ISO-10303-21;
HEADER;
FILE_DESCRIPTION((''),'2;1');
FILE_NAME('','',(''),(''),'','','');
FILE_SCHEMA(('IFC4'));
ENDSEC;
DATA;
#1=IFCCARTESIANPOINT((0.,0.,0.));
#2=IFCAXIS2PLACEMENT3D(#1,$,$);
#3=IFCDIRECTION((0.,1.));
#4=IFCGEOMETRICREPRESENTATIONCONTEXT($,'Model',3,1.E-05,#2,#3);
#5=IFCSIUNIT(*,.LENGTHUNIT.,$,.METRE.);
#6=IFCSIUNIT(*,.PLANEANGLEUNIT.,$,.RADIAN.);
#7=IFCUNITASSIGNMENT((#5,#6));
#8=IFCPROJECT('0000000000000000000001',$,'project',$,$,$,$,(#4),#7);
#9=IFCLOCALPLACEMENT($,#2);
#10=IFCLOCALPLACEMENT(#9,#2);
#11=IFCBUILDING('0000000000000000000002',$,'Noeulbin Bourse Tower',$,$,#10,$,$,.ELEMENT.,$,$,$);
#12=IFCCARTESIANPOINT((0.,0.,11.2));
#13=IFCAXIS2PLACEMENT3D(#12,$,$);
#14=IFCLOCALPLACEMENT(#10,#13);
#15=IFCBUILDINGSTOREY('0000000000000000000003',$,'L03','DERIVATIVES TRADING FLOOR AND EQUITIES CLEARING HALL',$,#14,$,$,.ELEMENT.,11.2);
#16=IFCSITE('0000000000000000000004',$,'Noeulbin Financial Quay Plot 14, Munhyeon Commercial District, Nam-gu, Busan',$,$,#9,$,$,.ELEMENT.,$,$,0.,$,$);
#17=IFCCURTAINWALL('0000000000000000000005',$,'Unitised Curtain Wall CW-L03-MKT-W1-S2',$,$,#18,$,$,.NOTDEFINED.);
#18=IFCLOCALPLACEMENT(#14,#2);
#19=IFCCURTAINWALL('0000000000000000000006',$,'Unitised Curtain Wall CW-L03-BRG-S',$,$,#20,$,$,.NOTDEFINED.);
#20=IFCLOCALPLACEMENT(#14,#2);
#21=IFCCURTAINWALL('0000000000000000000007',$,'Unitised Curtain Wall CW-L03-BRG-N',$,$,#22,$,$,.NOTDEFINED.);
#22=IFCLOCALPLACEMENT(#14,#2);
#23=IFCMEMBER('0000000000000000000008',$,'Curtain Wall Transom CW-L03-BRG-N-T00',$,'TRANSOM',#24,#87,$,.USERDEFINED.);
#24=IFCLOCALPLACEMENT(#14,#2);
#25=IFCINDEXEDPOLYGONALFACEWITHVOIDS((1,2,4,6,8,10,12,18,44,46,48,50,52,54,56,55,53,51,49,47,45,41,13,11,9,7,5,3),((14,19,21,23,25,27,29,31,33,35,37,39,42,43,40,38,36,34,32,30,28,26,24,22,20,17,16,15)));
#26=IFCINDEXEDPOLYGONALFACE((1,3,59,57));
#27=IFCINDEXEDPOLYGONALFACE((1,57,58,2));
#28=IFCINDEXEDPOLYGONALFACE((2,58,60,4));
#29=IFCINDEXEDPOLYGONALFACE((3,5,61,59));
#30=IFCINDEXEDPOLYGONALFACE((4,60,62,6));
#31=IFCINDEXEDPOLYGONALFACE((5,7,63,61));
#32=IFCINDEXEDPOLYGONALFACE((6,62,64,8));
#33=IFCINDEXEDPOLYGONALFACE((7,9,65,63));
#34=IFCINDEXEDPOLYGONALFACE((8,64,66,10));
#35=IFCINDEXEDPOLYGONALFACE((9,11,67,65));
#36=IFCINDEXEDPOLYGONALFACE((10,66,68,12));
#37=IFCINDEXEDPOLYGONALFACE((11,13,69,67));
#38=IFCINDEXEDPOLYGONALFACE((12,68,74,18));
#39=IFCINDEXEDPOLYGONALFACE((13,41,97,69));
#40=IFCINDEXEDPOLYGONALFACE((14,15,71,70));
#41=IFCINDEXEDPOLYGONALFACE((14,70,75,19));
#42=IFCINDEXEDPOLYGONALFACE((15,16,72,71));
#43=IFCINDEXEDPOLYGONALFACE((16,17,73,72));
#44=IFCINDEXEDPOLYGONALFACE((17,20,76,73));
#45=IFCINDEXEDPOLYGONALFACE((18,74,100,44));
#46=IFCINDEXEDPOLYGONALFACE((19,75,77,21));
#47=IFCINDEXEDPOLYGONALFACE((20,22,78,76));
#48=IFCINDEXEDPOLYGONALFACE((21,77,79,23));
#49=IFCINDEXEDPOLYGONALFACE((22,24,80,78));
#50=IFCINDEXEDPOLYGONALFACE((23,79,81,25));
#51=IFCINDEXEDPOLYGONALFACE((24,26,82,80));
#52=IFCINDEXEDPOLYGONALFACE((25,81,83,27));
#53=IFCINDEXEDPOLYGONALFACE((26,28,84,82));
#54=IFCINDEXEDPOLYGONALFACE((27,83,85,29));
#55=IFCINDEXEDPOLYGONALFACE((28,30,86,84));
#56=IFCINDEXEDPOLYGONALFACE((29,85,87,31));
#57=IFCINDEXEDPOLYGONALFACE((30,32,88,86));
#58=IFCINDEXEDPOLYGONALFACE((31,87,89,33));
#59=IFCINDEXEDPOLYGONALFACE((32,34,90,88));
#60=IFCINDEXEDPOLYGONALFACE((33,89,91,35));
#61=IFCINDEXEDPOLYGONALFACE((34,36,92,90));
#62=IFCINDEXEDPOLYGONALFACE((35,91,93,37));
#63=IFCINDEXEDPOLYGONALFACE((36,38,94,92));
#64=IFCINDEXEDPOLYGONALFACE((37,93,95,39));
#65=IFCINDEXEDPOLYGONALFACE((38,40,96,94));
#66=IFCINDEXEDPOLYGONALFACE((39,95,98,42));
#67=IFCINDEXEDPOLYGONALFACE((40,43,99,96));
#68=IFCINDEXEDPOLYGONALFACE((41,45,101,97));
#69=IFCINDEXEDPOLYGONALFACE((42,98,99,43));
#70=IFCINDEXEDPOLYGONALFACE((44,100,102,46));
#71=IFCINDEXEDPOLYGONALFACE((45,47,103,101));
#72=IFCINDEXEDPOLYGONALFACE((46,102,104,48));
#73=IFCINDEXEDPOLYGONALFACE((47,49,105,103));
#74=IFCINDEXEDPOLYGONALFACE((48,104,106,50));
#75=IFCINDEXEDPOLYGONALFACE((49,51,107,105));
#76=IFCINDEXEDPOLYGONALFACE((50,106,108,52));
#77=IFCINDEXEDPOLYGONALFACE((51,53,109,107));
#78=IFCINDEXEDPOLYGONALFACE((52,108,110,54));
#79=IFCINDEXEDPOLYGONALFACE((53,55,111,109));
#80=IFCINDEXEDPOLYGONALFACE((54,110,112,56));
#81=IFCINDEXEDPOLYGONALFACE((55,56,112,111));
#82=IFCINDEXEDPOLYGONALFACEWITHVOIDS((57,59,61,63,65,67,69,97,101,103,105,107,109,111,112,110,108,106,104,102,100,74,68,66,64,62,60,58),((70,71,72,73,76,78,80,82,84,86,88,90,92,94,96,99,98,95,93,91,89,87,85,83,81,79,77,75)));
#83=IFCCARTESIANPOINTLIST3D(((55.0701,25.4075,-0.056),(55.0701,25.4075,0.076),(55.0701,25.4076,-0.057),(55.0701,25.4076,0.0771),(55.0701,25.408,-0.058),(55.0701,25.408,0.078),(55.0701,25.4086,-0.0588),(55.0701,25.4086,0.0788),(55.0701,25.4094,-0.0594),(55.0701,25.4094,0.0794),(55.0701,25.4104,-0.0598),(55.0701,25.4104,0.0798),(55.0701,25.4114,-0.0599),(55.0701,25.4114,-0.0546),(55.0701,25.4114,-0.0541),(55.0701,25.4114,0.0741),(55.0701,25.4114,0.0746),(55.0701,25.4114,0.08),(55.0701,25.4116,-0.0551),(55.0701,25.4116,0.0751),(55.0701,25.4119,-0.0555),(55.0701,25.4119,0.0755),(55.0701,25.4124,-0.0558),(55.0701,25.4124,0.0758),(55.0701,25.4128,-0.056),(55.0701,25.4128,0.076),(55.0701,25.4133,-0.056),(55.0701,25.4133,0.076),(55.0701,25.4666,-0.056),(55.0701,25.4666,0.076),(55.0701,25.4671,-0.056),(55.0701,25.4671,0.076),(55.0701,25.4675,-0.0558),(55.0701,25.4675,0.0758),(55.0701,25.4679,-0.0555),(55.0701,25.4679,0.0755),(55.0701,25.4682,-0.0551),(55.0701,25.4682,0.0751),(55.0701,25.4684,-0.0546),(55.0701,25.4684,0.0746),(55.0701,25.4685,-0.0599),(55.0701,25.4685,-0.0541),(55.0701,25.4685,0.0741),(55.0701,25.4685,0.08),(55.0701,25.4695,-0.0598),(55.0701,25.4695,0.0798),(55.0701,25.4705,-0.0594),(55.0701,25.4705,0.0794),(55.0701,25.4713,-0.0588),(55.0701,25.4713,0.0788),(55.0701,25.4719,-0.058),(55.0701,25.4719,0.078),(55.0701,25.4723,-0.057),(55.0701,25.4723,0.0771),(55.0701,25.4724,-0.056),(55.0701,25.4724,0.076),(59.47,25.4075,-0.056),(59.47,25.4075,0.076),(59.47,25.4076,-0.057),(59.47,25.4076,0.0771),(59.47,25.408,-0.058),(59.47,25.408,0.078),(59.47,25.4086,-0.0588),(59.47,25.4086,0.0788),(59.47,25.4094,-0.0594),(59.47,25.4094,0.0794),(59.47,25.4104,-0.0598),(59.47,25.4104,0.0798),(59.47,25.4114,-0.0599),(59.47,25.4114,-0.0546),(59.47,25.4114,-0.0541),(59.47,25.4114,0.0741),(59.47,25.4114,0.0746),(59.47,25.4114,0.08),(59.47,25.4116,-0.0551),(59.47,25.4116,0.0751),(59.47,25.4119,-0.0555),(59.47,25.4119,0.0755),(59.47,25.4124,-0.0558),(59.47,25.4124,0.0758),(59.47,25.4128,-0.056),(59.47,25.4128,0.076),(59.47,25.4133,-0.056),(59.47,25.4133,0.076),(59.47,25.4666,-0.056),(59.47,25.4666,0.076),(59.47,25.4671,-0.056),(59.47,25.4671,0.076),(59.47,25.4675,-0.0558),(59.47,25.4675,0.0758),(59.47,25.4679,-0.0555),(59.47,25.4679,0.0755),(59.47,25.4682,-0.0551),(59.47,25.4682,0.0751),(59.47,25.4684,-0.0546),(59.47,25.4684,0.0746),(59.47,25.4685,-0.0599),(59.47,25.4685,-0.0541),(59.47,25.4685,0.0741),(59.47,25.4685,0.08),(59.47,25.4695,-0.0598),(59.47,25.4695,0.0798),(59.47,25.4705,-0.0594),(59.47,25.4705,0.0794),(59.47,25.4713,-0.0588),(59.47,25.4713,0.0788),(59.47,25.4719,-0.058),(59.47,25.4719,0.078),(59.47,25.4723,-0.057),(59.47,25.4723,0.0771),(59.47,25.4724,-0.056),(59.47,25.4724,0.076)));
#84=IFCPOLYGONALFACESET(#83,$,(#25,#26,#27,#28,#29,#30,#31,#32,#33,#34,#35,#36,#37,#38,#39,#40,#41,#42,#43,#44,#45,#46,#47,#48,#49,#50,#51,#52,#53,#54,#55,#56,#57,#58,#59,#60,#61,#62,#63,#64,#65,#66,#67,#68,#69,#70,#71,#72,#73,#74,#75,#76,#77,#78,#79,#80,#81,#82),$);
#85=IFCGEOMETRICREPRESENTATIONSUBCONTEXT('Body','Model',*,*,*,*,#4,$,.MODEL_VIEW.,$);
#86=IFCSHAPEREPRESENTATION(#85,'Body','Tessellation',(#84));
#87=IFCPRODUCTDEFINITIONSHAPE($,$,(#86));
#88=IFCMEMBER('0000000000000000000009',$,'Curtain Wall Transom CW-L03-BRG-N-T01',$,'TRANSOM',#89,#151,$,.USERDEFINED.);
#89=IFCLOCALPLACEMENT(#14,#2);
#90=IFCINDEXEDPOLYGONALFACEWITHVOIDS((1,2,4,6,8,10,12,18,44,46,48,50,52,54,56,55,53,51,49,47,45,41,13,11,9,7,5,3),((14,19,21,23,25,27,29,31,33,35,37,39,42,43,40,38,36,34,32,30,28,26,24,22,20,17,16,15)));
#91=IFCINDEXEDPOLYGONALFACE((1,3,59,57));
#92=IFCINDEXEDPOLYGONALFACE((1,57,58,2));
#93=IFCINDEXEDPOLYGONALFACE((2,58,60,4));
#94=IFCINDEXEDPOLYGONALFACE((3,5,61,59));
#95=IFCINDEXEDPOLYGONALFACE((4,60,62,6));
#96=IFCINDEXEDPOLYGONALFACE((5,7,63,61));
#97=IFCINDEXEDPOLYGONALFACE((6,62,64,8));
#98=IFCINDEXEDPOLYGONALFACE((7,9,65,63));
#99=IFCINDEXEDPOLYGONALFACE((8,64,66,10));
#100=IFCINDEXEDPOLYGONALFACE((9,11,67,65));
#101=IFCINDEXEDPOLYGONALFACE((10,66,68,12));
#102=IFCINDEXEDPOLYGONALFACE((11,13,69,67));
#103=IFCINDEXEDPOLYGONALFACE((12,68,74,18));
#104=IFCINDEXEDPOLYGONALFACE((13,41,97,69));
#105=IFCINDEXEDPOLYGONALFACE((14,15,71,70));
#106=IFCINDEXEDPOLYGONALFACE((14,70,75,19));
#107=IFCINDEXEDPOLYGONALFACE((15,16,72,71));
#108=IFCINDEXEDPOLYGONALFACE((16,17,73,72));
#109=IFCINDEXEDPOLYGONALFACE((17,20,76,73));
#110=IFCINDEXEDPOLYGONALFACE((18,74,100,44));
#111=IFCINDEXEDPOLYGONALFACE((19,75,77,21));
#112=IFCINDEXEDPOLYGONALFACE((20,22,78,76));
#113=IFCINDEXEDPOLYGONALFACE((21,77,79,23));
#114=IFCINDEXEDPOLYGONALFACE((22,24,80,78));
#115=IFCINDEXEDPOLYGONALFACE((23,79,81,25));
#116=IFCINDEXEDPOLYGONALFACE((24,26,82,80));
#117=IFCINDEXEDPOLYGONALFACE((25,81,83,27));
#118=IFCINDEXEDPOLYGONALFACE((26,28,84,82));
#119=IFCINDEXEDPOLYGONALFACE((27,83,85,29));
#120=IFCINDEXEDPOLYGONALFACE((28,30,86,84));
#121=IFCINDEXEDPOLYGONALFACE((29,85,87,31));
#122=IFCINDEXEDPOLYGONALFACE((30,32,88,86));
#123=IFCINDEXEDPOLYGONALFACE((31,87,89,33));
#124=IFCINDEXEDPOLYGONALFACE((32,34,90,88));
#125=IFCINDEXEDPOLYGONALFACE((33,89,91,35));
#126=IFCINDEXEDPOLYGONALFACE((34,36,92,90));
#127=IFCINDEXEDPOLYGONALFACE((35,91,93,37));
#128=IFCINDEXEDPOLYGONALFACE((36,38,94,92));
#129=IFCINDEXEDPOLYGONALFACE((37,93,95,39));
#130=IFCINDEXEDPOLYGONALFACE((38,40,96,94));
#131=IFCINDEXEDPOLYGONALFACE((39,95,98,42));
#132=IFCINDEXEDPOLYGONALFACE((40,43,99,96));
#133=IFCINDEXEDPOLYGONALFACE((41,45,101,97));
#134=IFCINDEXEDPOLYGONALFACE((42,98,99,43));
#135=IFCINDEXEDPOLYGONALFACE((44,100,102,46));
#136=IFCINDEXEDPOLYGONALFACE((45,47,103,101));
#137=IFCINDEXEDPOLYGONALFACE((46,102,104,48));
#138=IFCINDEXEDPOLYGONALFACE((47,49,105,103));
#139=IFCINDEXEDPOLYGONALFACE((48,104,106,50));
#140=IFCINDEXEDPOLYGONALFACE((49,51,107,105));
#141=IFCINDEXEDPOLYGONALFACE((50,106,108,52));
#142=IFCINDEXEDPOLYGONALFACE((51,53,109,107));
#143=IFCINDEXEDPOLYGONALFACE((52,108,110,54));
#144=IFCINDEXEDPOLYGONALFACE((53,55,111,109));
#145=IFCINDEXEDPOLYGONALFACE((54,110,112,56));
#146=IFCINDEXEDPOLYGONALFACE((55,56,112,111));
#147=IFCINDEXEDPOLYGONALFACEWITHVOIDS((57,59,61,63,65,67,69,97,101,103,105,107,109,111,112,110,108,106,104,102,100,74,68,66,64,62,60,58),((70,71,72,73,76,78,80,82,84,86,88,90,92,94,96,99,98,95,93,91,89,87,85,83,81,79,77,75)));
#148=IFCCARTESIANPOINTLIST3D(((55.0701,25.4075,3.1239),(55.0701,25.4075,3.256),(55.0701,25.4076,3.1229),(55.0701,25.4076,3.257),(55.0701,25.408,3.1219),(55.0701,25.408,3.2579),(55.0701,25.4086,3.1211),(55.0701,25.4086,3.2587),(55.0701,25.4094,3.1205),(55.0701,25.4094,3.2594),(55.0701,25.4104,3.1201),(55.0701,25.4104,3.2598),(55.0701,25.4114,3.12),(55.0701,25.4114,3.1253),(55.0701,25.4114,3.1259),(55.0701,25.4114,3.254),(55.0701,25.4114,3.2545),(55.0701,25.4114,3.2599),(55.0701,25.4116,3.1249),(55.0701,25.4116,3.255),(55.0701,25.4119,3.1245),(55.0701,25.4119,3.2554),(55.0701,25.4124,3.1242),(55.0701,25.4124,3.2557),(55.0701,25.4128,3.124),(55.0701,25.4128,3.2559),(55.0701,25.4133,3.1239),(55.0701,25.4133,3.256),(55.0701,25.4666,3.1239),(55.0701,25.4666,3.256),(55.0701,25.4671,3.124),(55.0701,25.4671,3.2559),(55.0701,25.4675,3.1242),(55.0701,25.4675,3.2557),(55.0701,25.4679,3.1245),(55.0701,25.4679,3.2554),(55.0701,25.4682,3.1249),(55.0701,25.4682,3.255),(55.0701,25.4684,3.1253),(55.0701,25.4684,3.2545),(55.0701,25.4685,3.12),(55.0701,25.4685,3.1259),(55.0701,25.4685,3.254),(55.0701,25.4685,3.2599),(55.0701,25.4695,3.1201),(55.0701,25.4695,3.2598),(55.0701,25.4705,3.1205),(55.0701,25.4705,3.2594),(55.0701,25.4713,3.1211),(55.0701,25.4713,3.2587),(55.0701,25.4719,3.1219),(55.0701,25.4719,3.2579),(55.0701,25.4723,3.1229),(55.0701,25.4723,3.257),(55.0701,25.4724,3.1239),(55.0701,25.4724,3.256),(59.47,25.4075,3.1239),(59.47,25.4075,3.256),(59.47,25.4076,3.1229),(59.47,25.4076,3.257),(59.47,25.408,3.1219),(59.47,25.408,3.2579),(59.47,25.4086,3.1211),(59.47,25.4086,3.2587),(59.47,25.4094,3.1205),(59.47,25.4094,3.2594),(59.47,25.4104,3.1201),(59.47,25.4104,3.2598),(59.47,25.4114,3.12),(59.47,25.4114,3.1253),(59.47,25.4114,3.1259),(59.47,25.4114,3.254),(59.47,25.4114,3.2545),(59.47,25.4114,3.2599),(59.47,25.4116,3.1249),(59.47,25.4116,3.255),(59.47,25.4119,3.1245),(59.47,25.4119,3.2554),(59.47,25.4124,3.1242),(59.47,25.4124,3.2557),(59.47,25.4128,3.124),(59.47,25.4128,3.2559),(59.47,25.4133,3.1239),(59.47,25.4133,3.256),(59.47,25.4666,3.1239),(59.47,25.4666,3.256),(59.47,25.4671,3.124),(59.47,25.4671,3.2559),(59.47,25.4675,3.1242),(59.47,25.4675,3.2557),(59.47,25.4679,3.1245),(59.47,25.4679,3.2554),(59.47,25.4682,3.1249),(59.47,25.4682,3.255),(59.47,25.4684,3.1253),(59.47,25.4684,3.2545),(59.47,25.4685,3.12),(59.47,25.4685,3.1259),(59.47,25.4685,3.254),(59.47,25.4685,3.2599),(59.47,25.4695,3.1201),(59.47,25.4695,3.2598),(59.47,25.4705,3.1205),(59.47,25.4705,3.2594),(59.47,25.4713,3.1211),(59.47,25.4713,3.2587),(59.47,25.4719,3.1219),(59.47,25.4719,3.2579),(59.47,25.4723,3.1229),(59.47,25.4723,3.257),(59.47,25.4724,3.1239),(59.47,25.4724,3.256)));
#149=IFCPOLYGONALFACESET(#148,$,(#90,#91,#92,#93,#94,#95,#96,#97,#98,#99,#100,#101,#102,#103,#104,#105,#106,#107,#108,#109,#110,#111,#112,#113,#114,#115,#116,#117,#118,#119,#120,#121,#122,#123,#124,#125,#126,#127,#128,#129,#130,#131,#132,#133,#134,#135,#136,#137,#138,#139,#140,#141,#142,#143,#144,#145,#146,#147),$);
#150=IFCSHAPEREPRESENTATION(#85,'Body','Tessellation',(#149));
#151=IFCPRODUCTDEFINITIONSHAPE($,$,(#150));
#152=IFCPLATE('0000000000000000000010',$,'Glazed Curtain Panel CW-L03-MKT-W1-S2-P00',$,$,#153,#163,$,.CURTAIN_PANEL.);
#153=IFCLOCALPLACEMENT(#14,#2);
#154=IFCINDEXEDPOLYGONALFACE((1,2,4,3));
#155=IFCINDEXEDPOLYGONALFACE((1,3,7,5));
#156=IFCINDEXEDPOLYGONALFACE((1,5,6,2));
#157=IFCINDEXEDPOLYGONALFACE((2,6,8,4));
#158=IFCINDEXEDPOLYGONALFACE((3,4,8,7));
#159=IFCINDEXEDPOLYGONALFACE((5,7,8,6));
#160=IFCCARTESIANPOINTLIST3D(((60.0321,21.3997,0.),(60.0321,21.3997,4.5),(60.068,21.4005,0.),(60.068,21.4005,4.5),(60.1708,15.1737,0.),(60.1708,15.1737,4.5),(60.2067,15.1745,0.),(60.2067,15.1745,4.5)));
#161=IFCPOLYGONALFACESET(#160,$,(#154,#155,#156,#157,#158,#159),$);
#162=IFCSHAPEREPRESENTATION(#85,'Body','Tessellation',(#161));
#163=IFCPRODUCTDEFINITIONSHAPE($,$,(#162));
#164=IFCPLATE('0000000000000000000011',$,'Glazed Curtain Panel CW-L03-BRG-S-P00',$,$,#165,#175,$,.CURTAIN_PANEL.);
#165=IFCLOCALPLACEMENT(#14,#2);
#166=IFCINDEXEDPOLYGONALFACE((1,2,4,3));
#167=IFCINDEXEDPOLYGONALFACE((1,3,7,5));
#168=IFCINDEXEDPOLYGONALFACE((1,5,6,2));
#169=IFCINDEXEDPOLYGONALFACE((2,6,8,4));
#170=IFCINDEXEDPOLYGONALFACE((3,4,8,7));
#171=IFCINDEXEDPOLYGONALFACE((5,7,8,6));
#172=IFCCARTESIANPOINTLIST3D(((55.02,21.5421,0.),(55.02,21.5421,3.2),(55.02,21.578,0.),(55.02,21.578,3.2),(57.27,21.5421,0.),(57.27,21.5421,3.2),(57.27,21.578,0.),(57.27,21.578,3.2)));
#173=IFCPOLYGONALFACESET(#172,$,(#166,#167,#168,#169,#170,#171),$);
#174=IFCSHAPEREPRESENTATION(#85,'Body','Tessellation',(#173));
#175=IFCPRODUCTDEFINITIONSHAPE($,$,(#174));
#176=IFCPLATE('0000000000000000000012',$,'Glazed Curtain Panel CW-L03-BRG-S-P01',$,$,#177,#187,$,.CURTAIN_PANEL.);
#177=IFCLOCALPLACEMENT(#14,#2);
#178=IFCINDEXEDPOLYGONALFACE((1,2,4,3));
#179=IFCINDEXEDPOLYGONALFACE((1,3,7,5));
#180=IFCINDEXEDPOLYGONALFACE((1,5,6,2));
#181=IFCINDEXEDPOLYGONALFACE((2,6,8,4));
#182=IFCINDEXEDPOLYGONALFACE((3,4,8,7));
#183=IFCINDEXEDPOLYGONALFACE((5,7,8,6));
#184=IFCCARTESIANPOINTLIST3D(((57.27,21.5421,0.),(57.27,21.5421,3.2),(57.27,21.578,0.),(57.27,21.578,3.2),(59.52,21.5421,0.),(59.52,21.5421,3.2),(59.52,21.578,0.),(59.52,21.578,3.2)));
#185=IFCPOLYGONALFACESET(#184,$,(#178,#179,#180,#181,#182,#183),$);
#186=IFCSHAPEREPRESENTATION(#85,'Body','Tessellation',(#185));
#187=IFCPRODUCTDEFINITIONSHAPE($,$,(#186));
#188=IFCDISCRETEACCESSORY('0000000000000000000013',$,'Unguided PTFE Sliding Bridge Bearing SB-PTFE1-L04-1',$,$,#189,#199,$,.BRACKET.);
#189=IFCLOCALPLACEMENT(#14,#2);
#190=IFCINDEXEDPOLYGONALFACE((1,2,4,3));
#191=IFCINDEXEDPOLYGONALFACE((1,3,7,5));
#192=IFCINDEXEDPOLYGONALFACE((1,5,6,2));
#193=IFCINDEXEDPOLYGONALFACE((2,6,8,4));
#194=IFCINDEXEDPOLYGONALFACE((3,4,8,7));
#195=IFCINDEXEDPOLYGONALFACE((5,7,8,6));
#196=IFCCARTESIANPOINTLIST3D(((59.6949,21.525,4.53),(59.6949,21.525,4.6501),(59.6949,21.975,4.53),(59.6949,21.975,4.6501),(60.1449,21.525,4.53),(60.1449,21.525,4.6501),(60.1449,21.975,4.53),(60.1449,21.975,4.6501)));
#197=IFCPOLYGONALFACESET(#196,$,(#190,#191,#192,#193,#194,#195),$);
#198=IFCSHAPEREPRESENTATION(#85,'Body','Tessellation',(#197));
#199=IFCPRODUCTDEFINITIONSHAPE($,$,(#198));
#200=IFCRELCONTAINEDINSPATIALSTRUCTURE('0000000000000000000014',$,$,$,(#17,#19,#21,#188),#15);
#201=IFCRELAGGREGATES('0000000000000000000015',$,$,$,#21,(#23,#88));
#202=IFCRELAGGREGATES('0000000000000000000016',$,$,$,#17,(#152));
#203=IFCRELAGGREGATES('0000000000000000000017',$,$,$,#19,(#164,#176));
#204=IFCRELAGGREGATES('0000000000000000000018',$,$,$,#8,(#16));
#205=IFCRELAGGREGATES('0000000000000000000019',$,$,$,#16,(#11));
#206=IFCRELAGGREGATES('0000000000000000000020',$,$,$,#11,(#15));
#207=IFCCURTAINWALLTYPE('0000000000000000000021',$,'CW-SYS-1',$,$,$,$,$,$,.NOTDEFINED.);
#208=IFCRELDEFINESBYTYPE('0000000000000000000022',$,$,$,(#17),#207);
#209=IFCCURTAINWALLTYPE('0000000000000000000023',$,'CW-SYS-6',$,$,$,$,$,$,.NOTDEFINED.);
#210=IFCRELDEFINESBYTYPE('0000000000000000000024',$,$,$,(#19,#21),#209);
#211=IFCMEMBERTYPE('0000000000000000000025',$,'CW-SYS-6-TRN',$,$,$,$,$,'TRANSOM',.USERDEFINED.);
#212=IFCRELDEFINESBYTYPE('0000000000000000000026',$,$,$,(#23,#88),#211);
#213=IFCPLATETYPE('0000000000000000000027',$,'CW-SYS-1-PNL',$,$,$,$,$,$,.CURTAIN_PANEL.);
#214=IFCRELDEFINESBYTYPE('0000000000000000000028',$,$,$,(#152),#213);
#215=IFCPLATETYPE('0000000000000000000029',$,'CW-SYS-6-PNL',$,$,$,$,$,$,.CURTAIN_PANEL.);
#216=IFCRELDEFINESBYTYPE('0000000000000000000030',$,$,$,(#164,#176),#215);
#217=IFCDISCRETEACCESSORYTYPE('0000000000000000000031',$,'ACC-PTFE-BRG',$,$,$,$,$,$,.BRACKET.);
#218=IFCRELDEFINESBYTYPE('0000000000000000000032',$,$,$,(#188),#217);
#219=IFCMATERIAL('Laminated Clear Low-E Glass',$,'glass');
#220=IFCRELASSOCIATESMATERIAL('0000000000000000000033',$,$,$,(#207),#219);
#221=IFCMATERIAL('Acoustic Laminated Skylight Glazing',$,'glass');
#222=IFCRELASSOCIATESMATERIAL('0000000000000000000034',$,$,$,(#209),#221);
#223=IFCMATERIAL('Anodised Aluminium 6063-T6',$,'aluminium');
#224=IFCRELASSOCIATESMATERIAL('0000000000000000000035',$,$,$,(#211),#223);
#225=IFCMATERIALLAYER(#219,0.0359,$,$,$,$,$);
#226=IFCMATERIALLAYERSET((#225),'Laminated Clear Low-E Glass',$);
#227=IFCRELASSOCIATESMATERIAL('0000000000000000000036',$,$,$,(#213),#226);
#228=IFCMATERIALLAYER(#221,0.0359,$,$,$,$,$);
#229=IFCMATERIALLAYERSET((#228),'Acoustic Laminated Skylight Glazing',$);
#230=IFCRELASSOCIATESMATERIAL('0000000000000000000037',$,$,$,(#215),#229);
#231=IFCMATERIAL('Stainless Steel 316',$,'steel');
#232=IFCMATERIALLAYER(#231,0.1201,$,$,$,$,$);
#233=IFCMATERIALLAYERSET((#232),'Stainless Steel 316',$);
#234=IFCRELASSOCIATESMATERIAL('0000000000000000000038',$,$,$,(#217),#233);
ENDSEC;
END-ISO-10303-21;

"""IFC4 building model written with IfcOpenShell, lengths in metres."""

from ifc_helpers import new_model, si_unit, direction, frame, origin, origin_2d, place, context, subcontext, project, spatial, rectangle, hollow_rectangle, extrude, material, layer, layer_set, material_profile, profile_set, type_object, element, aggregate, save


model = new_model("IFC4")

# Units and contexts
model_context = context("Model", 3, precision=1e-05, world=origin(), true_north=direction((0.0, 1.0)))
body_context = subcontext(model_context, "Body", "Model", "MODEL_VIEW")
ifc_project = project(units=[si_unit("LENGTHUNIT", "METRE"), si_unit("PLANEANGLEUNIT", "RADIAN")], contexts=[model_context])

# Site, building, storey
site_placement = place(None, origin())
site = spatial("IfcSite", under=ifc_project, at=site_placement, Name="Noeulbin Financial Quay Plot 14, Munhyeon Commercial District, Nam-gu, Busan", CompositionType="ELEMENT", RefElevation=0.0)
building_placement = place(site_placement, origin())
building = spatial("IfcBuilding", under=site, at=building_placement, Name="Noeulbin Bourse Tower", CompositionType="ELEMENT")
storey_placement = place(building_placement, frame((0.0, 0.0, 11.2)))
storey = spatial("IfcBuildingStorey", under=building, at=storey_placement, Name="L03", Description="DERIVATIVES TRADING FLOOR AND EQUITIES CLEARING HALL", CompositionType="ELEMENT", Elevation=11.2)

# Curtain wall
ifc_material_1 = material(Name="Laminated Clear Low-E Glass", Category="glass")
curtain_wall_type_1 = type_object("IfcCurtainWallType", Name="CW-SYS-1", PredefinedType="NOTDEFINED", material=ifc_material_1)
curtain_wall_1_placement = place(storey_placement, origin())
curtain_wall_1 = element("IfcCurtainWall", 1, at=curtain_wall_1_placement, inside=storey, type_object=curtain_wall_type_1, Name="Unitised Curtain Wall CW-L03-MKT-W1-S2", PredefinedType="NOTDEFINED")
ifc_material_2 = material(Name="Anodised Aluminium 6063-T6", Category="aluminium")

# Curtain wall
ifc_material_3 = material(Name="Acoustic Laminated Skylight Glazing", Category="glass")
curtain_wall_type_2 = type_object("IfcCurtainWallType", Name="CW-SYS-6", PredefinedType="NOTDEFINED", material=ifc_material_3)
curtain_wall_2_placement = place(storey_placement, origin())
curtain_wall_2 = element("IfcCurtainWall", 2, at=curtain_wall_2_placement, inside=storey, type_object=curtain_wall_type_2, Name="Unitised Curtain Wall CW-L03-BRG-S", PredefinedType="NOTDEFINED")

# Curtain wall
curtain_wall_3_placement = place(storey_placement, origin())
curtain_wall_3 = element("IfcCurtainWall", 3, at=curtain_wall_3_placement, inside=storey, type_object=curtain_wall_type_2, Name="Unitised Curtain Wall CW-L03-BRG-N", PredefinedType="NOTDEFINED")

# Members
ifc_material_profile_1 = material_profile(ifc_material_2, hollow_rectangle(XDim=0.0649, YDim=0.1399, WallThickness=0.0039, InnerFilletRadius=0.002, OuterFilletRadius=0.0039, at=origin_2d()), Name="ALU-TRAN-65x140x4", Category="LoadBearing")
ifc_profile_set_1 = profile_set([ifc_material_profile_1], Name="Anodised Aluminium 6063-T6")
member_type_1 = type_object("IfcMemberType", Name="CW-SYS-6-TRN", ElementType="TRANSOM", PredefinedType="USERDEFINED", material=ifc_profile_set_1)
member_1_placement = place(storey_placement, frame((55.0701, 25.4399, 0.01), z_axis=(1.0, 0.0, 0.0), x_axis=(0.0, 1.0, 0.0)))
member_1 = element("IfcMember", 4, at=member_1_placement, type_object=member_type_1, Name="Curtain Wall Transom CW-L03-BRG-N-T00", ObjectType="TRANSOM", PredefinedType="USERDEFINED", context=body_context, shape_type="SweptSolid", body=[
    extrude(hollow_rectangle(XDim=0.0649, YDim=0.1399, WallThickness=0.0039, InnerFilletRadius=0.002, OuterFilletRadius=0.0039, at=origin_2d()), origin(), (0.0, 0.0, 1.0), 4.3999),
])
member_2_placement = place(storey_placement, frame((55.0701, 25.4399, 3.1899), z_axis=(1.0, 0.0, 0.0), x_axis=(0.0, 1.0, 0.0)))
member_2 = element("IfcMember", 5, at=member_2_placement, type_object=member_type_1, Name="Curtain Wall Transom CW-L03-BRG-N-T01", ObjectType="TRANSOM", PredefinedType="USERDEFINED", context=body_context, shape_type="SweptSolid", body=[
    extrude(hollow_rectangle(XDim=0.0649, YDim=0.1399, WallThickness=0.0039, InnerFilletRadius=0.002, OuterFilletRadius=0.0039, at=origin_2d()), origin(), (0.0, 0.0, 1.0), 4.3999),
])
aggregate(curtain_wall_3, [member_1, member_2])

# Plates
ifc_layer_1 = layer(ifc_material_1, 0.0359)
ifc_layer_set_1 = layer_set([ifc_layer_1], Name="Laminated Clear Low-E Glass")
plate_type_1 = type_object("IfcPlateType", Name="CW-SYS-1-PNL", PredefinedType="CURTAIN_PANEL", material=ifc_layer_set_1)
plate_1_placement = place(storey_placement, frame((60.1194, 18.2871, 0.0), z_axis=(0.0, 0.0, 1.0), x_axis=(-0.022269, 0.999752, 0.0)))
plate_1 = element("IfcPlate", 6, at=plate_1_placement, type_object=plate_type_1, Name="Glazed Curtain Panel CW-L03-MKT-W1-S2-P00", PredefinedType="CURTAIN_PANEL", context=body_context, shape_type="SweptSolid", body=[
    extrude(rectangle(XDim=6.2275, YDim=0.0359, at=origin_2d()), origin(), (0.0, 0.0, 1.0), 4.5),
])
aggregate(curtain_wall_1, [plate_1])
ifc_layer_2 = layer(ifc_material_3, 0.0359)
ifc_layer_set_2 = layer_set([ifc_layer_2], Name="Acoustic Laminated Skylight Glazing")
plate_type_2 = type_object("IfcPlateType", Name="CW-SYS-6-PNL", PredefinedType="CURTAIN_PANEL", material=ifc_layer_set_2)
plate_2_placement = place(storey_placement, frame((56.145, 21.5601, 0.0), z_axis=(0.0, 0.0, 1.0), x_axis=(1.0, 0.0, 0.0)))
plate_2 = element("IfcPlate", 7, at=plate_2_placement, type_object=plate_type_2, Name="Glazed Curtain Panel CW-L03-BRG-S-P00", PredefinedType="CURTAIN_PANEL", context=body_context, shape_type="SweptSolid", body=[
    extrude(rectangle(XDim=2.25, YDim=0.0359, at=origin_2d()), origin(), (0.0, 0.0, 1.0), 3.2),
])
plate_3_placement = place(storey_placement, frame((58.395, 21.5601, 0.0), z_axis=(0.0, 0.0, 1.0), x_axis=(1.0, 0.0, 0.0)))
plate_3 = element("IfcPlate", 8, at=plate_3_placement, type_object=plate_type_2, Name="Glazed Curtain Panel CW-L03-BRG-S-P01", PredefinedType="CURTAIN_PANEL", context=body_context, shape_type="SweptSolid", body=[
    extrude(rectangle(XDim=2.25, YDim=0.0359, at=origin_2d()), origin(), (0.0, 0.0, 1.0), 3.2),
])
aggregate(curtain_wall_2, [plate_2, plate_3])

# Discrete accessory
ifc_material_4 = material(Name="Stainless Steel 316", Category="steel")
ifc_layer_3 = layer(ifc_material_4, 0.1201)
ifc_layer_set_3 = layer_set([ifc_layer_3], Name="Stainless Steel 316")
discrete_accessory_type = type_object("IfcDiscreteAccessoryType", Name="ACC-PTFE-BRG", PredefinedType="BRACKET", material=ifc_layer_set_3)
for number, where, z_axis, x_axis, name in (
    (9, (59.9199, 21.75, 4.53), (0.0, 0.0, 1.0), (1.0, 0.0, 0.0), "Unguided PTFE Sliding Bridge Bearing SB-PTFE1-L04-1"),
):
    element("IfcDiscreteAccessory", number, at=place(storey_placement, frame(where, z_axis=z_axis, x_axis=x_axis)), inside=storey, type_object=discrete_accessory_type, Name=name, PredefinedType="BRACKET", context=body_context, shape_type="SweptSolid", body=[
        extrude(rectangle(XDim=0.45, YDim=0.45, at=origin_2d()), origin(), (0.0, 0.0, 1.0), 0.1201),
    ])

save(model, "model.ifc")
